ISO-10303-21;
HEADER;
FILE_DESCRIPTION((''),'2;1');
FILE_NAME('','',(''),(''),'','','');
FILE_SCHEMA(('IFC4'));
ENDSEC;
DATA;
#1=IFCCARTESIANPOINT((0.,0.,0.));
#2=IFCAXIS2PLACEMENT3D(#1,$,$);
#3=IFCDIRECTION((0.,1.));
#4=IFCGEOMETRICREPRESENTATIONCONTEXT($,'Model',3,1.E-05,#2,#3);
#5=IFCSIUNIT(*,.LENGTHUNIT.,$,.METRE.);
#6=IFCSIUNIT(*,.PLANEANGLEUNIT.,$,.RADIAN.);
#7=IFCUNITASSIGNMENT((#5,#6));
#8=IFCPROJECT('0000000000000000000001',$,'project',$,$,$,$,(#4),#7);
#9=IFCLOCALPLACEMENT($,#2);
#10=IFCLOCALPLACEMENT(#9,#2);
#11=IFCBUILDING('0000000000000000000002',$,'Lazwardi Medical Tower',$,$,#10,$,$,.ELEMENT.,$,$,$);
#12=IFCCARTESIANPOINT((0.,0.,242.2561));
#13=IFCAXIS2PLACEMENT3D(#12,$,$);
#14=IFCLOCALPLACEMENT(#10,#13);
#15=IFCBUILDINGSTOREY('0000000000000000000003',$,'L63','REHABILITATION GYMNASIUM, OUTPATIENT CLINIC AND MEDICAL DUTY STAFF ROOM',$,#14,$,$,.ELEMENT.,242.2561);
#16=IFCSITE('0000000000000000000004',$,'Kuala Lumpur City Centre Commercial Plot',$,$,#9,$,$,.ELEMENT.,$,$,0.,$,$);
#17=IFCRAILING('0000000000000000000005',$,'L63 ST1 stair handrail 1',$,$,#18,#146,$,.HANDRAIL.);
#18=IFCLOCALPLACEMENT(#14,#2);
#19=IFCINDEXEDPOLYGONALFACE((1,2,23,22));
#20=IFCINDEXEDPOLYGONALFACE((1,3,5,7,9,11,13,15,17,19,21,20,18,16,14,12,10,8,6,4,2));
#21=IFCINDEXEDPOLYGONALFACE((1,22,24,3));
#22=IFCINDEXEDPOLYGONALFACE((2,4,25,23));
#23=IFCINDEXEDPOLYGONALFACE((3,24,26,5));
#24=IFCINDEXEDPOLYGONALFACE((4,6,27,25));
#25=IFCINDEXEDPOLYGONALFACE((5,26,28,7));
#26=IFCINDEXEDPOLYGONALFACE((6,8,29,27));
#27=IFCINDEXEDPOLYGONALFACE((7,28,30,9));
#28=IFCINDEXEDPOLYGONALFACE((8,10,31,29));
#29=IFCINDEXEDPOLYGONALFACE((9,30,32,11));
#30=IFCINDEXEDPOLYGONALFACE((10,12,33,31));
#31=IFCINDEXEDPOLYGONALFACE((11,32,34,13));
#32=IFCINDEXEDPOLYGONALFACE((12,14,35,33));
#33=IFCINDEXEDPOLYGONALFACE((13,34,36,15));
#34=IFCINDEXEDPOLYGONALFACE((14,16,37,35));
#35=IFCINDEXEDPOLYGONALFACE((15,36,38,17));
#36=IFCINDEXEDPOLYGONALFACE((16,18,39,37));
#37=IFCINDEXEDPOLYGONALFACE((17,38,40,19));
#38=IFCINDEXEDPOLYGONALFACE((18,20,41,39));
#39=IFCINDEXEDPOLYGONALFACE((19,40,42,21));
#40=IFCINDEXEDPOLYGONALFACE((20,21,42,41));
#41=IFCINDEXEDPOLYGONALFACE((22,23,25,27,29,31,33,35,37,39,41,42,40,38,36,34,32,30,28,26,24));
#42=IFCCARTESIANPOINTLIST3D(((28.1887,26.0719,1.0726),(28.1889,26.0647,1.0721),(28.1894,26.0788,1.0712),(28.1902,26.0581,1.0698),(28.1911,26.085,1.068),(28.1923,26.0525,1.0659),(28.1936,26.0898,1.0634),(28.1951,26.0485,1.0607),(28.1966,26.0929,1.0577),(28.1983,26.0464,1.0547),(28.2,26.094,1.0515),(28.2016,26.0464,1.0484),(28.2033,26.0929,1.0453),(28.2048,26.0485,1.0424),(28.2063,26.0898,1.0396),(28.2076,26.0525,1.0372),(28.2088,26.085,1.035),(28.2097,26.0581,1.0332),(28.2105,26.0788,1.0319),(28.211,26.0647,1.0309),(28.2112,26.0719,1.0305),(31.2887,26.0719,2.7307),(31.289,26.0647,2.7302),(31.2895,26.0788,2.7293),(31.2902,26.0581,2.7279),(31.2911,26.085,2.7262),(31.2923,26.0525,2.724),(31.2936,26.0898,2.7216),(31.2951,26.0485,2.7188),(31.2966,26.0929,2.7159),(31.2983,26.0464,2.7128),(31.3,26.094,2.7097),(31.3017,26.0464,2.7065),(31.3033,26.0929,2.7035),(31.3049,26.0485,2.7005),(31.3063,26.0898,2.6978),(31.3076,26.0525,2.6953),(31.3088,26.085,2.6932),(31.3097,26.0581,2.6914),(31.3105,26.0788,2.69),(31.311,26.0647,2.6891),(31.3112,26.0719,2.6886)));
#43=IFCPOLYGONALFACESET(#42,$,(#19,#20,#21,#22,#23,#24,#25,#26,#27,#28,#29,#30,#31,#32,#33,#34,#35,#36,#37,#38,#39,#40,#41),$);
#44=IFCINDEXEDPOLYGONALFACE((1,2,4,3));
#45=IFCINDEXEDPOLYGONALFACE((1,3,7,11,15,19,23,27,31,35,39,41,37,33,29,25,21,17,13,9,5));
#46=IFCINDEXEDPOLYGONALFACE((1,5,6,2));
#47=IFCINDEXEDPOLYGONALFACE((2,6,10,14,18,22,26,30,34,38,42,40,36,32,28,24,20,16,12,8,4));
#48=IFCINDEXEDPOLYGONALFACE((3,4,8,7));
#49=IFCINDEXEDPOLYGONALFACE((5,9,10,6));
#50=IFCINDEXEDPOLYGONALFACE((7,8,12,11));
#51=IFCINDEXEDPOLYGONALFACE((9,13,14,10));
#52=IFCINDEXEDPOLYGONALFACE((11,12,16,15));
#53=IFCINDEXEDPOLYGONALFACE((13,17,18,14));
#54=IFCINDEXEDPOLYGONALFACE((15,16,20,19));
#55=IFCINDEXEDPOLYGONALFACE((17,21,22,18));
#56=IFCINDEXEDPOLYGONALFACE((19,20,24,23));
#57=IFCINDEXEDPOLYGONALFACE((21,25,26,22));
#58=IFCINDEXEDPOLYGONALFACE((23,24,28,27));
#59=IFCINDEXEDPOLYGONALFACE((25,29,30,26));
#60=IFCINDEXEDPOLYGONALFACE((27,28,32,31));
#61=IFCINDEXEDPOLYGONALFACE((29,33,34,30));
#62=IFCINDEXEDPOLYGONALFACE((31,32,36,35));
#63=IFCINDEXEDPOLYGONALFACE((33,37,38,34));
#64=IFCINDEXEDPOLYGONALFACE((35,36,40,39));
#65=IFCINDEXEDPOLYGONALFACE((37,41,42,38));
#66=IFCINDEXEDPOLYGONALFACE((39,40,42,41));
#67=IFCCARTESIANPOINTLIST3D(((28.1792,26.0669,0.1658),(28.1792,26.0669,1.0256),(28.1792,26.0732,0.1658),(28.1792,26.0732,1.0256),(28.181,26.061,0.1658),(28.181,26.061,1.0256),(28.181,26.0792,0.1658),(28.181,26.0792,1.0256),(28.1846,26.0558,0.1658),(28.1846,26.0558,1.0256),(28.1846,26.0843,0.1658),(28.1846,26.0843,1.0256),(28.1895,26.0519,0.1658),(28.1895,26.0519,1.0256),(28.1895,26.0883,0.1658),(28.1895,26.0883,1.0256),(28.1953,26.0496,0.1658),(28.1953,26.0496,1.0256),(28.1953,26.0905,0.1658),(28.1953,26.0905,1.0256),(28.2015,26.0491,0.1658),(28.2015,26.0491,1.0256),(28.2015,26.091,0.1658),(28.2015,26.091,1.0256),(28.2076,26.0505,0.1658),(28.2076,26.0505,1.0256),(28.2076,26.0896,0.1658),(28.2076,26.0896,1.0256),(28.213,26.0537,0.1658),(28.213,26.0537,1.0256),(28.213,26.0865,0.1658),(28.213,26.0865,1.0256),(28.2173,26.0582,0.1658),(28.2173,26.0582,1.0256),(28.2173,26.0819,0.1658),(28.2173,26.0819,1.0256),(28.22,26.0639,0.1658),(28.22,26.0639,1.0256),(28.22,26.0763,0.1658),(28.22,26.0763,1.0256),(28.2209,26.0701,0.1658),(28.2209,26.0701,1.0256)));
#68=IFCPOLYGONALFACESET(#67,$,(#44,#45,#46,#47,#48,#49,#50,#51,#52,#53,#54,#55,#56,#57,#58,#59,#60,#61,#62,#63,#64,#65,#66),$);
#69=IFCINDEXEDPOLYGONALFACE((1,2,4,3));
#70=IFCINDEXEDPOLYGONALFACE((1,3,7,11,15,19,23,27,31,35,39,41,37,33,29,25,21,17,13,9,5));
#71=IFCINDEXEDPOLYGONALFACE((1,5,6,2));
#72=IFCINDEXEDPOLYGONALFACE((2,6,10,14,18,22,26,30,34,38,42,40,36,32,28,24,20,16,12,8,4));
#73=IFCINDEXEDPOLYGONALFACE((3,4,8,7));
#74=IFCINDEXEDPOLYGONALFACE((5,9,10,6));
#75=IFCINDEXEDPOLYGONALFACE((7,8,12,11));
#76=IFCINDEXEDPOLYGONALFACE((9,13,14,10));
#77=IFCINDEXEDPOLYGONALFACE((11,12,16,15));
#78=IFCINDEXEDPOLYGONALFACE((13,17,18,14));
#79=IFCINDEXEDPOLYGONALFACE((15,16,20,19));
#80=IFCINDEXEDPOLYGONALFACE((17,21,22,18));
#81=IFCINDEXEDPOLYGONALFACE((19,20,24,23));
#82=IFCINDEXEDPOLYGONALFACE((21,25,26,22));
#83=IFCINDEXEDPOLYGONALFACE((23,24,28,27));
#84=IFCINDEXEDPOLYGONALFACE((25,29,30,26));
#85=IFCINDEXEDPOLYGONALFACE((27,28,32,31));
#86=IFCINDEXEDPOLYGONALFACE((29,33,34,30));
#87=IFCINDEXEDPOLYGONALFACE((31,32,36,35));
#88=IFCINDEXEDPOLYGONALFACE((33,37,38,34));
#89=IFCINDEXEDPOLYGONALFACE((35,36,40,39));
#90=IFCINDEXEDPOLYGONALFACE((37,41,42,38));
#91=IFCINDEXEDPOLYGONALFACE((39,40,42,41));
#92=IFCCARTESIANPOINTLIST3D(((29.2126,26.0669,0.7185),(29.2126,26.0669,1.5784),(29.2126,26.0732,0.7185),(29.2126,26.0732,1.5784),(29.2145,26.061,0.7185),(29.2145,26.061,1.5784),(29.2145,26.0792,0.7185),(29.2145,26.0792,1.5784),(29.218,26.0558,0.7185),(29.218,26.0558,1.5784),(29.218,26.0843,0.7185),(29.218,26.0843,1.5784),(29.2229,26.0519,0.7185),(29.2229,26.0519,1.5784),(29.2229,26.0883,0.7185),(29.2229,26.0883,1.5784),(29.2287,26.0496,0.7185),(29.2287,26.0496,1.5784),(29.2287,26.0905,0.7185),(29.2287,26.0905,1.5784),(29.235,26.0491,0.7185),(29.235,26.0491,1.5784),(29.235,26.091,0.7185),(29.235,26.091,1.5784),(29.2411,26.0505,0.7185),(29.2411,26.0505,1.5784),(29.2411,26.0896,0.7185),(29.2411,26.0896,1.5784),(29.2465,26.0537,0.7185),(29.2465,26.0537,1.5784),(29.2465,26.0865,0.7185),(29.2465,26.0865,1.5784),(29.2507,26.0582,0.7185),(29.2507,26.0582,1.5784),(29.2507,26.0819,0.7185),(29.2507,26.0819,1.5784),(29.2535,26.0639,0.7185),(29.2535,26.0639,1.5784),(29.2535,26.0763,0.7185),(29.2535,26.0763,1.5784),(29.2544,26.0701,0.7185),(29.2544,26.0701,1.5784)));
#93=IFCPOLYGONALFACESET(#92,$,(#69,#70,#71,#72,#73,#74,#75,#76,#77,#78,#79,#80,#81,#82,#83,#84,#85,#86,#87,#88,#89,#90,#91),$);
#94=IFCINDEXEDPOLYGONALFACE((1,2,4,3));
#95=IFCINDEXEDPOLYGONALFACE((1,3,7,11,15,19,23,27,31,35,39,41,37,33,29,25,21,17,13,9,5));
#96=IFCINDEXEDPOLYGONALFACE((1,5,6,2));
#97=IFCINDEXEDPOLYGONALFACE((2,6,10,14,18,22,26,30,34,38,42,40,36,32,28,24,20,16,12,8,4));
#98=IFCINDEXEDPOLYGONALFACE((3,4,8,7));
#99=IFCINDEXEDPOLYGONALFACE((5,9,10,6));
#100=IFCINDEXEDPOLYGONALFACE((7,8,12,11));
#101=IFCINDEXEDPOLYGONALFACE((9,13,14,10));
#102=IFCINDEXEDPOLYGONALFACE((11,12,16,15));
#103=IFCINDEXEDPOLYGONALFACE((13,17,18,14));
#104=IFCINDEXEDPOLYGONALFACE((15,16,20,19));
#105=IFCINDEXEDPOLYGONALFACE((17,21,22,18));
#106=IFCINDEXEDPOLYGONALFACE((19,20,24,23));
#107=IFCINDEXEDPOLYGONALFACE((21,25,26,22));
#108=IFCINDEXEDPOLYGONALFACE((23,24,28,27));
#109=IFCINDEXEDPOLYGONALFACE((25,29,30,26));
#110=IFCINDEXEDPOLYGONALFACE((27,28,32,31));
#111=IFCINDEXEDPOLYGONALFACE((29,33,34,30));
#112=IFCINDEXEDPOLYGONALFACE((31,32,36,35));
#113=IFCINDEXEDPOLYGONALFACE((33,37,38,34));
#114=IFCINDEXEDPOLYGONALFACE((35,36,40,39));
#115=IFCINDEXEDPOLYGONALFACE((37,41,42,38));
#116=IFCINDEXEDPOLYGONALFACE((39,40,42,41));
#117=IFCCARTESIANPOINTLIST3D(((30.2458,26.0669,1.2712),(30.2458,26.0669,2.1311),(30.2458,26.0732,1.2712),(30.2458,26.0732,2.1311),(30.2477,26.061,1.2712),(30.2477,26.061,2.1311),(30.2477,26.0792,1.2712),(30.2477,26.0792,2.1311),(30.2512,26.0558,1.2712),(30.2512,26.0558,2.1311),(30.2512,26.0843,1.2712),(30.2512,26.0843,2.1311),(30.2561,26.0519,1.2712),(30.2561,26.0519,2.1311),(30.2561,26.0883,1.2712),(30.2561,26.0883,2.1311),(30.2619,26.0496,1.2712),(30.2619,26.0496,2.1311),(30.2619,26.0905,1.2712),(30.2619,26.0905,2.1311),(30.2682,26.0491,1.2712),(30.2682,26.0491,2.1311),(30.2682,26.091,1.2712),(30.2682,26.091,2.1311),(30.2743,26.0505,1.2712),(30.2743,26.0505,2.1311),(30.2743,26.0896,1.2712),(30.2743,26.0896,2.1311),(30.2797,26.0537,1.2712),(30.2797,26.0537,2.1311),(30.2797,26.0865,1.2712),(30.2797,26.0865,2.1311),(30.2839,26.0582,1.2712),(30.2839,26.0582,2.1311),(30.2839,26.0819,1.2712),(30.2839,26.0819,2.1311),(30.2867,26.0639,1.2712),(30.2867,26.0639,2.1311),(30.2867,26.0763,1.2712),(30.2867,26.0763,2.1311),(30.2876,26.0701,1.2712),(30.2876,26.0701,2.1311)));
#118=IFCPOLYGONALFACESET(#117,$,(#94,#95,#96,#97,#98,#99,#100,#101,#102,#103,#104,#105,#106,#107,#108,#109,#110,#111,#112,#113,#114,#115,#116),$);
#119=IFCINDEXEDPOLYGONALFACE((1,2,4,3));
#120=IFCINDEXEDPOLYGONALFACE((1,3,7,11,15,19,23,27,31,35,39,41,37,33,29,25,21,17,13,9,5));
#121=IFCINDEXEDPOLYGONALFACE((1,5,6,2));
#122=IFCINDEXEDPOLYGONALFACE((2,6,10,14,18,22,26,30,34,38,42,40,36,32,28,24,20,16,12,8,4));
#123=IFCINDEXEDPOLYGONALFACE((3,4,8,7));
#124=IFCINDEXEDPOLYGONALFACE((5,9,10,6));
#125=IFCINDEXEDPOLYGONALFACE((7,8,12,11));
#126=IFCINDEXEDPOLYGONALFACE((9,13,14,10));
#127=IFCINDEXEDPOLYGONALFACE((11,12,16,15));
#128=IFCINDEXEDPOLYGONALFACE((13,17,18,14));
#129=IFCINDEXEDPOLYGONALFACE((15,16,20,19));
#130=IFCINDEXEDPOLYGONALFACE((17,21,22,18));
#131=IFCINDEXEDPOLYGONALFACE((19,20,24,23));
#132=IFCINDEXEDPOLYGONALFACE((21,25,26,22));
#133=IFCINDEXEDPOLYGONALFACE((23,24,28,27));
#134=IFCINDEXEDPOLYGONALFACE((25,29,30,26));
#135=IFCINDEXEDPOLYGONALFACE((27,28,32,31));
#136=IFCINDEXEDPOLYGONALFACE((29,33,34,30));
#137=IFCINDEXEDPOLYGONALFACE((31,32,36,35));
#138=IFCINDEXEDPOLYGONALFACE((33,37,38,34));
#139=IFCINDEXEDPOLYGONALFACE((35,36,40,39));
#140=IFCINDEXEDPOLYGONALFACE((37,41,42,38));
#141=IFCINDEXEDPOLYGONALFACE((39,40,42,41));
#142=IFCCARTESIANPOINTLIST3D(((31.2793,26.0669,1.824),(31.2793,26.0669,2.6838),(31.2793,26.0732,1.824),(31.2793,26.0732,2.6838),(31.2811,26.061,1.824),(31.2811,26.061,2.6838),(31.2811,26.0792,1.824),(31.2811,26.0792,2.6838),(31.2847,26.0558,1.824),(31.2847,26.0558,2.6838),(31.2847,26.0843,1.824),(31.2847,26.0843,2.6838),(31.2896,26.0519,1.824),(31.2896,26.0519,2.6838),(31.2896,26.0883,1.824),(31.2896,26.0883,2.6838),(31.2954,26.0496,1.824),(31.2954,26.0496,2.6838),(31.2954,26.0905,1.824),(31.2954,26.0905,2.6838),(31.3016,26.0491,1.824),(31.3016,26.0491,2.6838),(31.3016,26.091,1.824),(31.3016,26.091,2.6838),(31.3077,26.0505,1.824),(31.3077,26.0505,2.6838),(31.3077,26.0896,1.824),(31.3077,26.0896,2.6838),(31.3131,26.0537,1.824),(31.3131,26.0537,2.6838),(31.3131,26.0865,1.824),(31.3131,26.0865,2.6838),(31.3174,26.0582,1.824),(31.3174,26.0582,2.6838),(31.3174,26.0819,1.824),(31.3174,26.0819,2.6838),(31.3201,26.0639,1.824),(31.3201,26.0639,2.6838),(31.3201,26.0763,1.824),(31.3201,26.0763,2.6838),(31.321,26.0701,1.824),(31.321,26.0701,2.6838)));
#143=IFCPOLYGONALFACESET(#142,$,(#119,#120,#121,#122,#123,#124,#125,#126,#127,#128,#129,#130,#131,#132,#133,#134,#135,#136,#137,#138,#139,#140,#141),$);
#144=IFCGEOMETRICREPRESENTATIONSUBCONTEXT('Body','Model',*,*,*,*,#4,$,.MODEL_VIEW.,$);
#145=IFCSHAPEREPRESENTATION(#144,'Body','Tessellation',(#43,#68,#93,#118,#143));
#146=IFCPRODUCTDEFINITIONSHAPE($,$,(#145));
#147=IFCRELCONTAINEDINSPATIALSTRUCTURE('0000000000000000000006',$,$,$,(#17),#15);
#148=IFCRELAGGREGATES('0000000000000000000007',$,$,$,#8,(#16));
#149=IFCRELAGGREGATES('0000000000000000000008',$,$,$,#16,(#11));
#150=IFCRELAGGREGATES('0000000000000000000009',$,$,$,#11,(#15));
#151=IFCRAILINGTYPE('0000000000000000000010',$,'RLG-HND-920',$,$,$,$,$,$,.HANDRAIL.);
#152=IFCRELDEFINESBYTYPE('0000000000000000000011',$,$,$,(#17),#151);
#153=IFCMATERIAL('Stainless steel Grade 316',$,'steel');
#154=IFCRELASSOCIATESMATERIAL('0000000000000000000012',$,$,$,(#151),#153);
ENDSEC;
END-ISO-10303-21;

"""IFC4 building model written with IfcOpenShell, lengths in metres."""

from ifc_helpers import new_model, si_unit, direction, frame, origin, origin_2d, place, context, subcontext, project, spatial, circle, extrude, material, type_object, element, save


model = new_model("IFC4")

# Units and contexts
model_context = context("Model", 3, precision=1e-05, world=origin(), true_north=direction((0.0, 1.0)))
body_context = subcontext(model_context, "Body", "Model", "MODEL_VIEW")
ifc_project = project(units=[si_unit("LENGTHUNIT", "METRE"), si_unit("PLANEANGLEUNIT", "RADIAN")], contexts=[model_context])

# Site, building, storey
site_placement = place(None, origin())
site = spatial("IfcSite", under=ifc_project, at=site_placement, Name="Kuala Lumpur City Centre Commercial Plot", CompositionType="ELEMENT", RefElevation=0.0)
building_placement = place(site_placement, origin())
building = spatial("IfcBuilding", under=site, at=building_placement, Name="Lazwardi Medical Tower", CompositionType="ELEMENT")
storey_placement = place(building_placement, frame((0.0, 0.0, 242.2561)))
storey = spatial("IfcBuildingStorey", under=building, at=storey_placement, Name="L63", Description="REHABILITATION GYMNASIUM, OUTPATIENT CLINIC AND MEDICAL DUTY STAFF ROOM", CompositionType="ELEMENT", Elevation=242.2561)

# Railing
ifc_material_1 = material(Name="Stainless steel Grade 316", Category="steel")
railing_type_1 = type_object("IfcRailingType", Name="RLG-HND-920", PredefinedType="HANDRAIL", material=ifc_material_1)
railing_1_placement = place(storey_placement, frame((28.2, 26.0701, 0.1658)))
element("IfcRailing", 1, at=railing_1_placement, inside=storey, type_object=railing_type_1, Name="L63 ST1 stair handrail 1", PredefinedType="HANDRAIL", context=body_context, shape_type="SweptSolid", body=[
    extrude(circle(Radius=0.0239, at=origin_2d()), frame((0.0, 0.0, 0.8857), z_axis=(0.881783, 0.0, 0.471655), x_axis=(0.0, 1.0, 0.0)), (0.0, 0.0, 1.0), 3.5156),
    extrude(circle(Radius=0.021, at=origin_2d()), origin(), (0.0, 0.0, 1.0), 0.8599),
    extrude(circle(Radius=0.021, at=origin_2d()), frame((1.0334, 0.0, 0.5527)), (0.0, 0.0, 1.0), 0.8599),
    extrude(circle(Radius=0.021, at=origin_2d()), frame((2.0667, 0.0, 1.1055)), (0.0, 0.0, 1.0), 0.8599),
    extrude(circle(Radius=0.021, at=origin_2d()), frame((3.1001, 0.0, 1.6582)), (0.0, 0.0, 1.0), 0.8599),
])

save(model, "model.ifc")
